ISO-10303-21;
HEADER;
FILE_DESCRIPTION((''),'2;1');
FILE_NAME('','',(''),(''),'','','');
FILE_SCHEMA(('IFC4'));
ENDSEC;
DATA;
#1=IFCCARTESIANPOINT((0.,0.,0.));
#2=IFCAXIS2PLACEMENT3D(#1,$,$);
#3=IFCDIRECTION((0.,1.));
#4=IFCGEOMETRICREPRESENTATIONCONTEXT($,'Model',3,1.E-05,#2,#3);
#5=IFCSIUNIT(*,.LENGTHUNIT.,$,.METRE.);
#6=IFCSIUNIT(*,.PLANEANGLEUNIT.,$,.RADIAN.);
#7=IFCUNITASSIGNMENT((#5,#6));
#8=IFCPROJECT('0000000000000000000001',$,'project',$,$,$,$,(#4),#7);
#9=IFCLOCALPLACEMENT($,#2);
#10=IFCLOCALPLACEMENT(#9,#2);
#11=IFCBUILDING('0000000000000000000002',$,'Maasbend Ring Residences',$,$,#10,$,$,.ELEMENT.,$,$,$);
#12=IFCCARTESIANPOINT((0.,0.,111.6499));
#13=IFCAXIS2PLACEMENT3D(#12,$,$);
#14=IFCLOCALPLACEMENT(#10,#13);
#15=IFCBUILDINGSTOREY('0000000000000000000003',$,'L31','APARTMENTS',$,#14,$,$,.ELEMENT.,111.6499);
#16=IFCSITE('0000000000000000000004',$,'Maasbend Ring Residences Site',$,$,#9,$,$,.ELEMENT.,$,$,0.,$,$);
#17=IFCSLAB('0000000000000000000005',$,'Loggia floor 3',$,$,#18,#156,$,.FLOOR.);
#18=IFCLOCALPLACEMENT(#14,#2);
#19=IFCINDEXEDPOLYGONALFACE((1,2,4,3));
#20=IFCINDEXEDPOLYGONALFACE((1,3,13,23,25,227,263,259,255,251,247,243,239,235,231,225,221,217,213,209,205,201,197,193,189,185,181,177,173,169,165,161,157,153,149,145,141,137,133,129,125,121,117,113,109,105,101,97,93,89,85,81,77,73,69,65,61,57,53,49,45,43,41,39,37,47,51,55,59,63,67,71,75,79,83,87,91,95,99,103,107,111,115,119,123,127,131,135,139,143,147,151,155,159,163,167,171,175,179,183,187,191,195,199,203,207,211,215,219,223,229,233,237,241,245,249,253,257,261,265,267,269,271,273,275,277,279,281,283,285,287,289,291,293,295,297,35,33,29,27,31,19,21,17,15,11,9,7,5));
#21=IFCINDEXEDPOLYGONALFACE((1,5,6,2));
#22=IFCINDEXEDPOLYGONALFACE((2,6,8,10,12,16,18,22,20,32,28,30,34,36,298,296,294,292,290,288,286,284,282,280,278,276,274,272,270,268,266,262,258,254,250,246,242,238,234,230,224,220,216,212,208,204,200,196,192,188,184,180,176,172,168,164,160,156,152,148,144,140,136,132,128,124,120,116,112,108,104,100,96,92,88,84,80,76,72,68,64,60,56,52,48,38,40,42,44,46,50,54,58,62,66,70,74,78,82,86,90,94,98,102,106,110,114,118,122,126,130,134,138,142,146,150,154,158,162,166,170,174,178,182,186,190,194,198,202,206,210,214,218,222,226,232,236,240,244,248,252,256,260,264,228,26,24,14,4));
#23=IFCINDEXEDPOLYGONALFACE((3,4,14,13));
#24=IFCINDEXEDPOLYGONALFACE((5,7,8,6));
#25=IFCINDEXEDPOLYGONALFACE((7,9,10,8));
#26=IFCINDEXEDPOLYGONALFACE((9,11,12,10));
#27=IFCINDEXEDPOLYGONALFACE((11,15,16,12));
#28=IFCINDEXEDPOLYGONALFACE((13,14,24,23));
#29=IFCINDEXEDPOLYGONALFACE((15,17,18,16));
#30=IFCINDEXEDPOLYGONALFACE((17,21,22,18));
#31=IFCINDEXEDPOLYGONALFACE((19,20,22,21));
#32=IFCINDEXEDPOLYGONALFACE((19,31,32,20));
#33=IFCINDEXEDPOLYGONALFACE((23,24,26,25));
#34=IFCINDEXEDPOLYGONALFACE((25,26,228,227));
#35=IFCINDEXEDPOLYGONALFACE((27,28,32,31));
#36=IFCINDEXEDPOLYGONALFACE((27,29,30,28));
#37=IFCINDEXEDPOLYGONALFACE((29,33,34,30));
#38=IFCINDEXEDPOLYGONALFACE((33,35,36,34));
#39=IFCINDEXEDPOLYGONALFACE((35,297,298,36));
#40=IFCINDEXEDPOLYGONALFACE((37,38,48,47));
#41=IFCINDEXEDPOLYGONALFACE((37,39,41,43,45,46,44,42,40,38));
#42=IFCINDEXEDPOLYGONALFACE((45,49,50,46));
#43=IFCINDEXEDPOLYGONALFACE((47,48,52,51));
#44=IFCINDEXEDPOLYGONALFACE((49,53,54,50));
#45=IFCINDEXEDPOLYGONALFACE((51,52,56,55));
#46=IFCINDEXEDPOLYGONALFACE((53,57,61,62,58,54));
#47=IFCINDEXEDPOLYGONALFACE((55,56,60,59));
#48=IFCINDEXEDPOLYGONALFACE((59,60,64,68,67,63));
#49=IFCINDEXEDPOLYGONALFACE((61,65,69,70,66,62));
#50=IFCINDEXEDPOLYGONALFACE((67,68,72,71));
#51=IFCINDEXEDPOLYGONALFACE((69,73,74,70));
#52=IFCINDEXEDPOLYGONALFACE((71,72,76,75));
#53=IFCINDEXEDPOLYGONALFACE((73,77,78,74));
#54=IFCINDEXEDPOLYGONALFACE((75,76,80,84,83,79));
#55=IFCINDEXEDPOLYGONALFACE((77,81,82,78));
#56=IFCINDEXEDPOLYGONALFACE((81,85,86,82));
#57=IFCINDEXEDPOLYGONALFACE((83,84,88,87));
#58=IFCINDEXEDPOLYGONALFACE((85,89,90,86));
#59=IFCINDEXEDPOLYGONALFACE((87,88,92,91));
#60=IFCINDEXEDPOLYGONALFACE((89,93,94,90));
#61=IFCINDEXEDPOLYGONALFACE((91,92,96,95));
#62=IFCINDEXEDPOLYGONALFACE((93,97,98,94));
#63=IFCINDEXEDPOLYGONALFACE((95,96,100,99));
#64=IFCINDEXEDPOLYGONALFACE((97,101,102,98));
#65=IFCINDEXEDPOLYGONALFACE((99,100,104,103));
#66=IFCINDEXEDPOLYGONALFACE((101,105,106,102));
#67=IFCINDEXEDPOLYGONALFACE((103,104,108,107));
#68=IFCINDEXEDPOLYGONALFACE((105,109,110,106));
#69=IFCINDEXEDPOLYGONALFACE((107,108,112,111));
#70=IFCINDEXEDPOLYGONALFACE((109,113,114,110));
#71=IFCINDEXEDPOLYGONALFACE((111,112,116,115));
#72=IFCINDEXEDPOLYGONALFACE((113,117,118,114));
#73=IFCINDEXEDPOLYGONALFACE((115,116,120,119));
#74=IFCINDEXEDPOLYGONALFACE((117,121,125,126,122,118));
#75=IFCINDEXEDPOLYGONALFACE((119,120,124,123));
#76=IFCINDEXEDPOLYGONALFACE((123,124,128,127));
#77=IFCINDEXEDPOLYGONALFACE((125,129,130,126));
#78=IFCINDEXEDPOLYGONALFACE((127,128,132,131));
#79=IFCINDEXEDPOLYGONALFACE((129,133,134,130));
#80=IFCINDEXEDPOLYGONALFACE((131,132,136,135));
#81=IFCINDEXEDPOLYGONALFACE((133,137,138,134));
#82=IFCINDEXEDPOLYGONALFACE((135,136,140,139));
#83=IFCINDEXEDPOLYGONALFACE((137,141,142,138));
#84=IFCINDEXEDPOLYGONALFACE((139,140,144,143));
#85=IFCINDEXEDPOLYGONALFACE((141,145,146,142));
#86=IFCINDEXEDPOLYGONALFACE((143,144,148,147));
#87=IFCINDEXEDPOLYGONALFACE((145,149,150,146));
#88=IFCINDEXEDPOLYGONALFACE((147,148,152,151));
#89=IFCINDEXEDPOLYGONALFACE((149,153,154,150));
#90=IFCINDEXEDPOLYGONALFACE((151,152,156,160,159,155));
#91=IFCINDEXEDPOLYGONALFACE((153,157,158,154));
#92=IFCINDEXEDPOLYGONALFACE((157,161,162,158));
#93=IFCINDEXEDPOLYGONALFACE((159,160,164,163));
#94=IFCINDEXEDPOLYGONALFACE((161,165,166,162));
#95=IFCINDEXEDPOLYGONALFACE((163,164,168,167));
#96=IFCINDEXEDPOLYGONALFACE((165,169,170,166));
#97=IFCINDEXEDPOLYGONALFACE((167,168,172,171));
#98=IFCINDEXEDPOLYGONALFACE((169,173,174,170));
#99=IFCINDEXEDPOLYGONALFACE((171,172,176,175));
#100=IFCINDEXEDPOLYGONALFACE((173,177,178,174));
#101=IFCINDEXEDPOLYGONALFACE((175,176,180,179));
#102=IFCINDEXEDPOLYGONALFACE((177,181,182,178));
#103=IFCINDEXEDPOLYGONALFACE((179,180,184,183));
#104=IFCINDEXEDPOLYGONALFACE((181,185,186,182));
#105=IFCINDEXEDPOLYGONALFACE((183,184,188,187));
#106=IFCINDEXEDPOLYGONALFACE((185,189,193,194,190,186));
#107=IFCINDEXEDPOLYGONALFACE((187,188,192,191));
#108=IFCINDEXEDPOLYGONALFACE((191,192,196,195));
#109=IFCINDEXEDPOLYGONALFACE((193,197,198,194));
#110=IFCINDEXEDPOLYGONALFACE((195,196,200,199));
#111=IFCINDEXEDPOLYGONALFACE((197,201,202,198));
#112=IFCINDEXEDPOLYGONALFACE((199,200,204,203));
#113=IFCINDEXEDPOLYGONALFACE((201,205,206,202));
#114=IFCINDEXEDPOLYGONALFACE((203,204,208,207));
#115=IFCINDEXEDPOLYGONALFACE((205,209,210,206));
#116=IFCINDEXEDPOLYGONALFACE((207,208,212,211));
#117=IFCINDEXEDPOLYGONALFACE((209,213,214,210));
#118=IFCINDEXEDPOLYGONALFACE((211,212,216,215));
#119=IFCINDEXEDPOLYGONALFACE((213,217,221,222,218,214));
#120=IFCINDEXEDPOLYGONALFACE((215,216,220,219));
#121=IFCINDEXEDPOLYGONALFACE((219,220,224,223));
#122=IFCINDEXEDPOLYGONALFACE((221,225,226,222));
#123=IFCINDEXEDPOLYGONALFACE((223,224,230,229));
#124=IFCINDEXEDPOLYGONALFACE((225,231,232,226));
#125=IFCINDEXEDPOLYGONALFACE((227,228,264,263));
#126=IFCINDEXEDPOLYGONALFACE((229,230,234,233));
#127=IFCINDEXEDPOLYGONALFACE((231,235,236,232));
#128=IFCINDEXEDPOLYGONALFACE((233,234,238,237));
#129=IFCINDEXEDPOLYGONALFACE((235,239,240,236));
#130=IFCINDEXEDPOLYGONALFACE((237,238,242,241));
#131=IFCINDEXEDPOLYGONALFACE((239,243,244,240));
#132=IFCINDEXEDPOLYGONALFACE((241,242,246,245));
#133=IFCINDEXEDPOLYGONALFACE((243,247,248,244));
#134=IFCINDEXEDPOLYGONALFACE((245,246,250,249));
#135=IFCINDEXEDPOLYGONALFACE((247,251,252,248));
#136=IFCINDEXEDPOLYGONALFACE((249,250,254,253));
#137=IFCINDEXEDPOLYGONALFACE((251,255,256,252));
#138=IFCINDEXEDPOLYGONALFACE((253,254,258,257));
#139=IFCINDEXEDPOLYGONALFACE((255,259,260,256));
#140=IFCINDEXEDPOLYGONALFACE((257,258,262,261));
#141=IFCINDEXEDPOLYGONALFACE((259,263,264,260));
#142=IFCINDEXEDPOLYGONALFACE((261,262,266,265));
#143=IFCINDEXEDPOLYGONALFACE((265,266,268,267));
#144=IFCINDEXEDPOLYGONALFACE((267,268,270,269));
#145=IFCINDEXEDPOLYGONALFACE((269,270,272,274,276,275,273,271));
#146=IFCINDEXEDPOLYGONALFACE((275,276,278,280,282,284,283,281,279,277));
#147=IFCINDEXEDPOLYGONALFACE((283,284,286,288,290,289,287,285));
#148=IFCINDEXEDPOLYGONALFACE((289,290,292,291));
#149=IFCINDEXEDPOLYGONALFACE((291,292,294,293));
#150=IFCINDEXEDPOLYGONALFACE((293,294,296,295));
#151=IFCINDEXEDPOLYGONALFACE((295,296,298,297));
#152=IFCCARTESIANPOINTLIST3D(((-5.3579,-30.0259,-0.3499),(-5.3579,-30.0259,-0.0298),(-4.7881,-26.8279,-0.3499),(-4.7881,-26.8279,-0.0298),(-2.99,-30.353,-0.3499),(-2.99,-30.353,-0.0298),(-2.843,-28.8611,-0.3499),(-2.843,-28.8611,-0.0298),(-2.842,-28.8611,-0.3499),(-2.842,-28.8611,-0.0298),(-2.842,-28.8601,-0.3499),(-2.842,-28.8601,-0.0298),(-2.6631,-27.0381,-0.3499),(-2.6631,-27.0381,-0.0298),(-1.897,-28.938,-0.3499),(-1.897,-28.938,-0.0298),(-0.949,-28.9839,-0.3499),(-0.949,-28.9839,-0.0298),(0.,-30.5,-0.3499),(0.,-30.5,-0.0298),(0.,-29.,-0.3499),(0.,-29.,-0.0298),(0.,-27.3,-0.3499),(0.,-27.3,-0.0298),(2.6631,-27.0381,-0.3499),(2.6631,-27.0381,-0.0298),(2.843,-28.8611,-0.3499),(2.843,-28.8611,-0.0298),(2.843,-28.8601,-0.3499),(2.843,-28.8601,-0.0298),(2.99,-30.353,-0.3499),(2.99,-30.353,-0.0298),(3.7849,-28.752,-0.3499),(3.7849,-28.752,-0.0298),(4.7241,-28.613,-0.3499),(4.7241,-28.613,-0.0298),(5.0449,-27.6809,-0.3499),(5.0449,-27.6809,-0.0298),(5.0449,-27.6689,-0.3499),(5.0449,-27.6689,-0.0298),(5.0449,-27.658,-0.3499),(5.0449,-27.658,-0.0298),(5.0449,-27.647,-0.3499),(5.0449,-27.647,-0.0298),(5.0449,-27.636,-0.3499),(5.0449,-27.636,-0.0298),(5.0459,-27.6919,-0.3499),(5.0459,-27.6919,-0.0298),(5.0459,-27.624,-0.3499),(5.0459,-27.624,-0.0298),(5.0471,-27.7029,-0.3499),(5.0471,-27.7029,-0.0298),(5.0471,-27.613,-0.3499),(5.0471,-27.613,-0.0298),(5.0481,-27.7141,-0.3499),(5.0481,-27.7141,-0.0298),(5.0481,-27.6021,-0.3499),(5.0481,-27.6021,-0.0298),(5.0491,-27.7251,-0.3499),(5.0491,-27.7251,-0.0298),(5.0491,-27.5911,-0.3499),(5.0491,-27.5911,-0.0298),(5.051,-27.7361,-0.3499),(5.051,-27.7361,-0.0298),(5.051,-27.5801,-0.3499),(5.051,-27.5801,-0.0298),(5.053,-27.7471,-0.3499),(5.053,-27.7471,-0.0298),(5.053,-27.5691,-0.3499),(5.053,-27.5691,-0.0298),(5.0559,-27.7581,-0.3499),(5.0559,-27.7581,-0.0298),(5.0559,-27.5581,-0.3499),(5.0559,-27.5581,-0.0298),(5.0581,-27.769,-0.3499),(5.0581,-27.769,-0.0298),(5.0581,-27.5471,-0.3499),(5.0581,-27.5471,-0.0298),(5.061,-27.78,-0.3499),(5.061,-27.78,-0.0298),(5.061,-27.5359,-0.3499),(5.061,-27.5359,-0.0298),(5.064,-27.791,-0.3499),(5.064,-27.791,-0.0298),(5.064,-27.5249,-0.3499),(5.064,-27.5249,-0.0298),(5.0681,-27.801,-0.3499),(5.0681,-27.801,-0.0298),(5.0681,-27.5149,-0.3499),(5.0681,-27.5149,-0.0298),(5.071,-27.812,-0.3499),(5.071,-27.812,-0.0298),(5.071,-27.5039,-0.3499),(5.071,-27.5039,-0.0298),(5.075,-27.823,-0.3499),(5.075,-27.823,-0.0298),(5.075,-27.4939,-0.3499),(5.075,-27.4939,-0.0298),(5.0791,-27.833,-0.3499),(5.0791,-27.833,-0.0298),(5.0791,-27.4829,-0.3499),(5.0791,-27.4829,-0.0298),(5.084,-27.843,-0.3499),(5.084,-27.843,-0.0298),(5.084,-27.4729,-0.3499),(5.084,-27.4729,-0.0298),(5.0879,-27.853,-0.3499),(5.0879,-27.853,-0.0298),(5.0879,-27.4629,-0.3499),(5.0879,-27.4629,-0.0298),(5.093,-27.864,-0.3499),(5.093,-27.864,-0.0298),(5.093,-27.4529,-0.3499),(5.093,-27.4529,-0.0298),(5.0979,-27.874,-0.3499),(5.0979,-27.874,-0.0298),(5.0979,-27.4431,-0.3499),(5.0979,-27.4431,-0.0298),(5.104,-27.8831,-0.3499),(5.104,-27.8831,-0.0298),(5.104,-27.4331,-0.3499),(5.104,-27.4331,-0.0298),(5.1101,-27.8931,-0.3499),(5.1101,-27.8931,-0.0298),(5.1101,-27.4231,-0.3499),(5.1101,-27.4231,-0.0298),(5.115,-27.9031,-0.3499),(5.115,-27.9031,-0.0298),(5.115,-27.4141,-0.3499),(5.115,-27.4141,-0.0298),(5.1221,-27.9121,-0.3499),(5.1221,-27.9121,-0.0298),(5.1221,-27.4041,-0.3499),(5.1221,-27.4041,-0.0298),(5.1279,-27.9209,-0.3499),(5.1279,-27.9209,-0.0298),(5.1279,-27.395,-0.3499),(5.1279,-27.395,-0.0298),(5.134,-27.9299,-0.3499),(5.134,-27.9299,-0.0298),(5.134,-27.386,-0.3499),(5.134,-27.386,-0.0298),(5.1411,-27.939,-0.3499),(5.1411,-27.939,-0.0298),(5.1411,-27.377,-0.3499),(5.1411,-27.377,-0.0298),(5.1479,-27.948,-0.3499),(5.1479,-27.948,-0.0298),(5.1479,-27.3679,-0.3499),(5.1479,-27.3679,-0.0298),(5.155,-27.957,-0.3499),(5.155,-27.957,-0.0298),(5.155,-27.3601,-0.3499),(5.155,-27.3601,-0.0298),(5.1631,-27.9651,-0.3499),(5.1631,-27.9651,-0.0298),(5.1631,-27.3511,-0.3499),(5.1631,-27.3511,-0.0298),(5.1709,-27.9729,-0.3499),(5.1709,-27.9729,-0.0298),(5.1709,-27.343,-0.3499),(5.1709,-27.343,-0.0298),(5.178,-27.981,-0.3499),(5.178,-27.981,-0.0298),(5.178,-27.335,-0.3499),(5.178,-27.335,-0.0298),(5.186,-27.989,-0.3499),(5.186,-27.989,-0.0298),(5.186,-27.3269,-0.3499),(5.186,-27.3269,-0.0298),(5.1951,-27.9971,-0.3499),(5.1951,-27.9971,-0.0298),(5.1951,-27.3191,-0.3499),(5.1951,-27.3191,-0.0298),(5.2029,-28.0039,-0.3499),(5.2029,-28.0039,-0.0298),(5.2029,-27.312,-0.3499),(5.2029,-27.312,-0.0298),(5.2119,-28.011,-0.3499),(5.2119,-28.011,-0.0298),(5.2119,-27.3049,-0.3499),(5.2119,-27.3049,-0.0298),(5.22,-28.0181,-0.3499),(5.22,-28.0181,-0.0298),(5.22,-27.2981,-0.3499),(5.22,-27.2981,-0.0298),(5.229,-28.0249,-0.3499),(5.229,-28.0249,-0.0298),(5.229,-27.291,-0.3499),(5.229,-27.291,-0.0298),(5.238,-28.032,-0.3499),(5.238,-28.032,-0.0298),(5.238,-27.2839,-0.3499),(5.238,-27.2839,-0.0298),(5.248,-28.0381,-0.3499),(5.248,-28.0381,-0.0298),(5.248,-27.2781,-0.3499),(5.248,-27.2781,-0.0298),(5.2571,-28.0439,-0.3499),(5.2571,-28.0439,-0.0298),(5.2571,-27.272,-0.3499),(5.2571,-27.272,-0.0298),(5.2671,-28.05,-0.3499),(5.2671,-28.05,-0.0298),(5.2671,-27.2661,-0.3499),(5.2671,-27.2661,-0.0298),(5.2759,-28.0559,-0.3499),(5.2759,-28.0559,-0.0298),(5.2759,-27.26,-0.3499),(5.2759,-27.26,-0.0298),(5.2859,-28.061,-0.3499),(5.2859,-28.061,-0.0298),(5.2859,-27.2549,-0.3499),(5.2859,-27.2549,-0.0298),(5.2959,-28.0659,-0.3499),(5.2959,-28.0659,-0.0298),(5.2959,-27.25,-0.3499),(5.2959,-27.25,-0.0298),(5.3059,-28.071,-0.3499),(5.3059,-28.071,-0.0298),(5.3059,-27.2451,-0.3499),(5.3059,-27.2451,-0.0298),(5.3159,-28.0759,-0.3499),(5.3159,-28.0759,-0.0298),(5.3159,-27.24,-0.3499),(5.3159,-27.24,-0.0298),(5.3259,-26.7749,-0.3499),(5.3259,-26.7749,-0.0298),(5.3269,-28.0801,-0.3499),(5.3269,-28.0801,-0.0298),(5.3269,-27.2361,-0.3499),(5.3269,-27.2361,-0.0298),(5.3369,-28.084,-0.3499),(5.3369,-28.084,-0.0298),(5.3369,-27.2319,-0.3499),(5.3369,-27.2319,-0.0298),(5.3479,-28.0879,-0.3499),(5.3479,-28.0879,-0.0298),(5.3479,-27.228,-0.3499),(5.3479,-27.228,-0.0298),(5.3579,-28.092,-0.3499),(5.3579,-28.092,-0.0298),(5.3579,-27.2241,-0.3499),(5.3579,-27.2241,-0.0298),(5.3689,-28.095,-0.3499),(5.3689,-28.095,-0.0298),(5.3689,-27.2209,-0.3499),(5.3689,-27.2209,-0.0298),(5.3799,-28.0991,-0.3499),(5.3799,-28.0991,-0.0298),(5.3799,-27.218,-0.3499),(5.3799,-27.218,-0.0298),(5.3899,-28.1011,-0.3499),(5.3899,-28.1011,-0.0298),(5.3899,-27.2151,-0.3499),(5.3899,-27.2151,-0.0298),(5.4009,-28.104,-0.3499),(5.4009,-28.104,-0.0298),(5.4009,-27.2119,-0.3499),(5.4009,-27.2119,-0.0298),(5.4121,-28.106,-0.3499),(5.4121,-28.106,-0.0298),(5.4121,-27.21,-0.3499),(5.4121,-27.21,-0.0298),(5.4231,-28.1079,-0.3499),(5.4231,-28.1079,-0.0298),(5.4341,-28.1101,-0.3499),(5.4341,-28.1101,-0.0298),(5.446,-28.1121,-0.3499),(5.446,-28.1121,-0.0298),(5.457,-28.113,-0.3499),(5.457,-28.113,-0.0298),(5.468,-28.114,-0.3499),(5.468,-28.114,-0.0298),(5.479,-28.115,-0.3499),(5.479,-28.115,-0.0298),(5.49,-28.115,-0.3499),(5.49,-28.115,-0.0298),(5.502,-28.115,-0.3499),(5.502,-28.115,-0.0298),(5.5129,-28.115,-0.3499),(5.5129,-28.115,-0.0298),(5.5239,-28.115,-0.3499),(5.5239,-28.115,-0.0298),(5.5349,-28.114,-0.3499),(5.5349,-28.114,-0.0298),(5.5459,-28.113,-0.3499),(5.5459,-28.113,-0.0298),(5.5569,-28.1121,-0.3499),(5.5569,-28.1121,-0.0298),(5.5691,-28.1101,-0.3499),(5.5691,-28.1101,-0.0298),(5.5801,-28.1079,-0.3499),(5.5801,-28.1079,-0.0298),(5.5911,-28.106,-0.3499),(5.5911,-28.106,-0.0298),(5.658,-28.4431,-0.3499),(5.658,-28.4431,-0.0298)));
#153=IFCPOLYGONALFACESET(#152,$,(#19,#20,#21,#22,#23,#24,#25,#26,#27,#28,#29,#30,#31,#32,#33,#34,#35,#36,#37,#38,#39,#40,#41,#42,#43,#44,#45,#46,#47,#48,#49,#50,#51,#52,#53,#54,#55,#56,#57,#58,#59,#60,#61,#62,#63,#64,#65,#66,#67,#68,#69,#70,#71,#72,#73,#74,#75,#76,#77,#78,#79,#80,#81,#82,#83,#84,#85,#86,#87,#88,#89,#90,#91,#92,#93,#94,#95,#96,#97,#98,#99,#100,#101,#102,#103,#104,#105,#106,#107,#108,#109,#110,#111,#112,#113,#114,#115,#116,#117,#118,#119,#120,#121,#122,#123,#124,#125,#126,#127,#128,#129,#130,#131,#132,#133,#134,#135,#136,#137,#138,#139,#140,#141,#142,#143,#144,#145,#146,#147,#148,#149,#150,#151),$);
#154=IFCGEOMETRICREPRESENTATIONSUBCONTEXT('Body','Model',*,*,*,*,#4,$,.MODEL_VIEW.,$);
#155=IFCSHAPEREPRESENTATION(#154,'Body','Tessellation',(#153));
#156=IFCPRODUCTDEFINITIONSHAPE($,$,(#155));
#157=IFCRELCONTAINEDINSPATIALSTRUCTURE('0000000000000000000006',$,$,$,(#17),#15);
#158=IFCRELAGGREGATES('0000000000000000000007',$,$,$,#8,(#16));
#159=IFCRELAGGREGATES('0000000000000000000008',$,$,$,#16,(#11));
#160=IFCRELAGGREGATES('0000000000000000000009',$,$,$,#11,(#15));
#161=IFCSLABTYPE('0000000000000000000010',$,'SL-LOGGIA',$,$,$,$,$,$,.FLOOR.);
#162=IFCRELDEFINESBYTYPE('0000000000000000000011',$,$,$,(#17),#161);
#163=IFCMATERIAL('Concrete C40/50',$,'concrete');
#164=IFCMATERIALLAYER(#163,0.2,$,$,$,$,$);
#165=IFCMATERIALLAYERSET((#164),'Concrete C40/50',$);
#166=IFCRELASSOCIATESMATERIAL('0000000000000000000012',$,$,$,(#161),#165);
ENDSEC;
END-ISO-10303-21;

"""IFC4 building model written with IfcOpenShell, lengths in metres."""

from ifc_helpers import new_model, si_unit, direction, frame, origin, place, context, subcontext, project, spatial, polyline, outline, extrude, material, layer, layer_set, type_object, element, save


model = new_model("IFC4")

# Units and contexts
model_context = context("Model", 3, precision=1e-05, world=origin(), true_north=direction((0.0, 1.0)))
body_context = subcontext(model_context, "Body", "Model", "MODEL_VIEW")
ifc_project = project(units=[si_unit("LENGTHUNIT", "METRE"), si_unit("PLANEANGLEUNIT", "RADIAN")], contexts=[model_context])

# Site, building, storey
site_placement = place(None, origin())
site = spatial("IfcSite", under=ifc_project, at=site_placement, Name="Maasbend Ring Residences Site", CompositionType="ELEMENT", RefElevation=0.0)
building_placement = place(site_placement, origin())
building = spatial("IfcBuilding", under=site, at=building_placement, Name="Maasbend Ring Residences", CompositionType="ELEMENT")
storey_placement = place(building_placement, frame((0.0, 0.0, 111.6499)))
storey = spatial("IfcBuildingStorey", under=building, at=storey_placement, Name="L31", Description="APARTMENTS", CompositionType="ELEMENT", Elevation=111.6499)

# Slab
ifc_material_1 = material(Name="Concrete C40/50", Category="concrete")
ifc_layer_1 = layer(ifc_material_1, 0.2)
ifc_layer_set_1 = layer_set([ifc_layer_1], Name="Concrete C40/50")
slab_type = type_object("IfcSlabType", Name="SL-LOGGIA", PredefinedType="FLOOR", material=ifc_layer_set_1)
slab_1_placement = place(storey_placement, frame((0.0, 0.0, -0.3499)))
element("IfcSlab", 1, at=slab_1_placement, inside=storey, type_object=slab_type, Name="Loggia floor 3", PredefinedType="FLOOR", context=body_context, shape_type="SweptSolid", body=[
    extrude(outline(polyline([(-2.6631, -27.0381), (0.0, -27.3), (0.0, -27.3), (0.0, -27.3), (2.6631, -27.0381), (5.3259, -26.7749), (5.3259, -26.7749), (5.3259, -26.7749), (5.4121, -27.21), (5.4121, -27.21), (5.4009, -27.2119), (5.3899, -27.2151), (5.3799, -27.218), (5.3689, -27.2209), (5.3579, -27.2241), (5.3479, -27.228), (5.3369, -27.2319), (5.3269, -27.2361), (5.3159, -27.24), (5.3059, -27.2451), (5.2959, -27.25), (5.2859, -27.2549), (5.2759, -27.26), (5.2671, -27.2661), (5.2571, -27.272), (5.248, -27.2781), (5.238, -27.2839), (5.229, -27.291), (5.22, -27.2981), (5.2119, -27.3049), (5.2029, -27.312), (5.1951, -27.3191), (5.186, -27.3269), (5.178, -27.335), (5.1709, -27.343), (5.1631, -27.3511), (5.155, -27.3601), (5.1479, -27.3679), (5.1411, -27.377), (5.134, -27.386), (5.1279, -27.395), (5.1221, -27.4041), (5.115, -27.4141), (5.1101, -27.4231), (5.104, -27.4331), (5.0979, -27.4431), (5.093, -27.4529), (5.0879, -27.4629), (5.084, -27.4729), (5.0791, -27.4829), (5.075, -27.4939), (5.071, -27.5039), (5.0681, -27.5149), (5.064, -27.5249), (5.061, -27.5359), (5.0581, -27.5471), (5.0559, -27.5581), (5.053, -27.5691), (5.051, -27.5801), (5.0491, -27.5911), (5.0481, -27.6021), (5.0471, -27.613), (5.0459, -27.624), (5.0449, -27.636), (5.0449, -27.647), (5.0449, -27.658), (5.0449, -27.6689), (5.0449, -27.6809), (5.0459, -27.6919), (5.0471, -27.7029), (5.0481, -27.7141), (5.0491, -27.7251), (5.051, -27.7361), (5.053, -27.7471), (5.0559, -27.7581), (5.0581, -27.769), (5.061, -27.78), (5.064, -27.791), (5.0681, -27.801), (5.071, -27.812), (5.075, -27.823), (5.0791, -27.833), (5.084, -27.843), (5.0879, -27.853), (5.093, -27.864), (5.0979, -27.874), (5.104, -27.8831), (5.1101, -27.8931), (5.115, -27.9031), (5.1221, -27.9121), (5.1279, -27.9209), (5.134, -27.9299), (5.1411, -27.939), (5.1479, -27.948), (5.155, -27.957), (5.1631, -27.9651), (5.1709, -27.9729), (5.178, -27.981), (5.186, -27.989), (5.1951, -27.9971), (5.2029, -28.0039), (5.2119, -28.011), (5.22, -28.0181), (5.229, -28.0249), (5.238, -28.032), (5.248, -28.0381), (5.2571, -28.0439), (5.2671, -28.05), (5.2759, -28.0559), (5.2859, -28.061), (5.2959, -28.0659), (5.3059, -28.071), (5.3159, -28.0759), (5.3269, -28.0801), (5.3369, -28.084), (5.3479, -28.0879), (5.3579, -28.092), (5.3689, -28.095), (5.3799, -28.0991), (5.3899, -28.1011), (5.4009, -28.104), (5.4121, -28.106), (5.4231, -28.1079), (5.4341, -28.1101), (5.446, -28.1121), (5.457, -28.113), (5.468, -28.114), (5.479, -28.115), (5.49, -28.115), (5.502, -28.115), (5.5129, -28.115), (5.5239, -28.115), (5.5349, -28.114), (5.5459, -28.113), (5.5569, -28.1121), (5.5691, -28.1101), (5.5801, -28.1079), (5.5911, -28.106), (5.5911, -28.106), (5.658, -28.4431), (5.658, -28.4431), (5.658, -28.4431), (4.7241, -28.613), (4.7241, -28.613), (3.7849, -28.752), (3.7849, -28.752), (2.843, -28.8601), (2.843, -28.8601), (2.843, -28.8601), (2.843, -28.8601), (2.843, -28.8601), (2.843, -28.8601), (2.843, -28.8601), (2.843, -28.8601), (2.843, -28.8601), (2.843, -28.8611), (2.843, -28.8611), (2.843, -28.8611), (2.843, -28.8611), (2.843, -28.8611), (2.843, -28.8611), (2.843, -28.8611), (2.843, -28.8611), (2.99, -30.353), (2.99, -30.353), (2.99, -30.353), (0.0, -30.5), (0.0, -30.5), (0.0, -30.5), (0.0, -29.0), (0.0, -29.0), (0.0, -29.0), (0.0, -29.0), (0.0, -29.0), (0.0, -29.0), (0.0, -29.0), (0.0, -29.0), (0.0, -29.0), (0.0, -29.0), (0.0, -29.0), (0.0, -29.0), (0.0, -29.0), (0.0, -29.0), (0.0, -29.0), (0.0, -29.0), (0.0, -29.0), (-0.949, -28.9839), (-0.949, -28.9839), (-1.897, -28.938), (-1.897, -28.938), (-2.842, -28.8601), (-2.842, -28.8601), (-2.842, -28.8601), (-2.842, -28.8601), (-2.842, -28.8601), (-2.842, -28.8601), (-2.842, -28.8601), (-2.842, -28.8601), (-2.842, -28.8611), (-2.842, -28.8611), (-2.842, -28.8611), (-2.842, -28.8611), (-2.842, -28.8611), (-2.843, -28.8611), (-2.843, -28.8611), (-2.843, -28.8611), (-2.843, -28.8611), (-2.99, -30.353), (-2.99, -30.353), (-2.99, -30.353), (-5.3579, -30.0259), (-5.3579, -30.0259), (-5.3579, -30.0259), (-4.7881, -26.8279), (-4.7881, -26.8279), (-4.7881, -26.8279), (-2.6631, -27.0381)])), origin(), (0.0, 0.0, 1.0), 0.3201),
])

save(model, "model.ifc")
